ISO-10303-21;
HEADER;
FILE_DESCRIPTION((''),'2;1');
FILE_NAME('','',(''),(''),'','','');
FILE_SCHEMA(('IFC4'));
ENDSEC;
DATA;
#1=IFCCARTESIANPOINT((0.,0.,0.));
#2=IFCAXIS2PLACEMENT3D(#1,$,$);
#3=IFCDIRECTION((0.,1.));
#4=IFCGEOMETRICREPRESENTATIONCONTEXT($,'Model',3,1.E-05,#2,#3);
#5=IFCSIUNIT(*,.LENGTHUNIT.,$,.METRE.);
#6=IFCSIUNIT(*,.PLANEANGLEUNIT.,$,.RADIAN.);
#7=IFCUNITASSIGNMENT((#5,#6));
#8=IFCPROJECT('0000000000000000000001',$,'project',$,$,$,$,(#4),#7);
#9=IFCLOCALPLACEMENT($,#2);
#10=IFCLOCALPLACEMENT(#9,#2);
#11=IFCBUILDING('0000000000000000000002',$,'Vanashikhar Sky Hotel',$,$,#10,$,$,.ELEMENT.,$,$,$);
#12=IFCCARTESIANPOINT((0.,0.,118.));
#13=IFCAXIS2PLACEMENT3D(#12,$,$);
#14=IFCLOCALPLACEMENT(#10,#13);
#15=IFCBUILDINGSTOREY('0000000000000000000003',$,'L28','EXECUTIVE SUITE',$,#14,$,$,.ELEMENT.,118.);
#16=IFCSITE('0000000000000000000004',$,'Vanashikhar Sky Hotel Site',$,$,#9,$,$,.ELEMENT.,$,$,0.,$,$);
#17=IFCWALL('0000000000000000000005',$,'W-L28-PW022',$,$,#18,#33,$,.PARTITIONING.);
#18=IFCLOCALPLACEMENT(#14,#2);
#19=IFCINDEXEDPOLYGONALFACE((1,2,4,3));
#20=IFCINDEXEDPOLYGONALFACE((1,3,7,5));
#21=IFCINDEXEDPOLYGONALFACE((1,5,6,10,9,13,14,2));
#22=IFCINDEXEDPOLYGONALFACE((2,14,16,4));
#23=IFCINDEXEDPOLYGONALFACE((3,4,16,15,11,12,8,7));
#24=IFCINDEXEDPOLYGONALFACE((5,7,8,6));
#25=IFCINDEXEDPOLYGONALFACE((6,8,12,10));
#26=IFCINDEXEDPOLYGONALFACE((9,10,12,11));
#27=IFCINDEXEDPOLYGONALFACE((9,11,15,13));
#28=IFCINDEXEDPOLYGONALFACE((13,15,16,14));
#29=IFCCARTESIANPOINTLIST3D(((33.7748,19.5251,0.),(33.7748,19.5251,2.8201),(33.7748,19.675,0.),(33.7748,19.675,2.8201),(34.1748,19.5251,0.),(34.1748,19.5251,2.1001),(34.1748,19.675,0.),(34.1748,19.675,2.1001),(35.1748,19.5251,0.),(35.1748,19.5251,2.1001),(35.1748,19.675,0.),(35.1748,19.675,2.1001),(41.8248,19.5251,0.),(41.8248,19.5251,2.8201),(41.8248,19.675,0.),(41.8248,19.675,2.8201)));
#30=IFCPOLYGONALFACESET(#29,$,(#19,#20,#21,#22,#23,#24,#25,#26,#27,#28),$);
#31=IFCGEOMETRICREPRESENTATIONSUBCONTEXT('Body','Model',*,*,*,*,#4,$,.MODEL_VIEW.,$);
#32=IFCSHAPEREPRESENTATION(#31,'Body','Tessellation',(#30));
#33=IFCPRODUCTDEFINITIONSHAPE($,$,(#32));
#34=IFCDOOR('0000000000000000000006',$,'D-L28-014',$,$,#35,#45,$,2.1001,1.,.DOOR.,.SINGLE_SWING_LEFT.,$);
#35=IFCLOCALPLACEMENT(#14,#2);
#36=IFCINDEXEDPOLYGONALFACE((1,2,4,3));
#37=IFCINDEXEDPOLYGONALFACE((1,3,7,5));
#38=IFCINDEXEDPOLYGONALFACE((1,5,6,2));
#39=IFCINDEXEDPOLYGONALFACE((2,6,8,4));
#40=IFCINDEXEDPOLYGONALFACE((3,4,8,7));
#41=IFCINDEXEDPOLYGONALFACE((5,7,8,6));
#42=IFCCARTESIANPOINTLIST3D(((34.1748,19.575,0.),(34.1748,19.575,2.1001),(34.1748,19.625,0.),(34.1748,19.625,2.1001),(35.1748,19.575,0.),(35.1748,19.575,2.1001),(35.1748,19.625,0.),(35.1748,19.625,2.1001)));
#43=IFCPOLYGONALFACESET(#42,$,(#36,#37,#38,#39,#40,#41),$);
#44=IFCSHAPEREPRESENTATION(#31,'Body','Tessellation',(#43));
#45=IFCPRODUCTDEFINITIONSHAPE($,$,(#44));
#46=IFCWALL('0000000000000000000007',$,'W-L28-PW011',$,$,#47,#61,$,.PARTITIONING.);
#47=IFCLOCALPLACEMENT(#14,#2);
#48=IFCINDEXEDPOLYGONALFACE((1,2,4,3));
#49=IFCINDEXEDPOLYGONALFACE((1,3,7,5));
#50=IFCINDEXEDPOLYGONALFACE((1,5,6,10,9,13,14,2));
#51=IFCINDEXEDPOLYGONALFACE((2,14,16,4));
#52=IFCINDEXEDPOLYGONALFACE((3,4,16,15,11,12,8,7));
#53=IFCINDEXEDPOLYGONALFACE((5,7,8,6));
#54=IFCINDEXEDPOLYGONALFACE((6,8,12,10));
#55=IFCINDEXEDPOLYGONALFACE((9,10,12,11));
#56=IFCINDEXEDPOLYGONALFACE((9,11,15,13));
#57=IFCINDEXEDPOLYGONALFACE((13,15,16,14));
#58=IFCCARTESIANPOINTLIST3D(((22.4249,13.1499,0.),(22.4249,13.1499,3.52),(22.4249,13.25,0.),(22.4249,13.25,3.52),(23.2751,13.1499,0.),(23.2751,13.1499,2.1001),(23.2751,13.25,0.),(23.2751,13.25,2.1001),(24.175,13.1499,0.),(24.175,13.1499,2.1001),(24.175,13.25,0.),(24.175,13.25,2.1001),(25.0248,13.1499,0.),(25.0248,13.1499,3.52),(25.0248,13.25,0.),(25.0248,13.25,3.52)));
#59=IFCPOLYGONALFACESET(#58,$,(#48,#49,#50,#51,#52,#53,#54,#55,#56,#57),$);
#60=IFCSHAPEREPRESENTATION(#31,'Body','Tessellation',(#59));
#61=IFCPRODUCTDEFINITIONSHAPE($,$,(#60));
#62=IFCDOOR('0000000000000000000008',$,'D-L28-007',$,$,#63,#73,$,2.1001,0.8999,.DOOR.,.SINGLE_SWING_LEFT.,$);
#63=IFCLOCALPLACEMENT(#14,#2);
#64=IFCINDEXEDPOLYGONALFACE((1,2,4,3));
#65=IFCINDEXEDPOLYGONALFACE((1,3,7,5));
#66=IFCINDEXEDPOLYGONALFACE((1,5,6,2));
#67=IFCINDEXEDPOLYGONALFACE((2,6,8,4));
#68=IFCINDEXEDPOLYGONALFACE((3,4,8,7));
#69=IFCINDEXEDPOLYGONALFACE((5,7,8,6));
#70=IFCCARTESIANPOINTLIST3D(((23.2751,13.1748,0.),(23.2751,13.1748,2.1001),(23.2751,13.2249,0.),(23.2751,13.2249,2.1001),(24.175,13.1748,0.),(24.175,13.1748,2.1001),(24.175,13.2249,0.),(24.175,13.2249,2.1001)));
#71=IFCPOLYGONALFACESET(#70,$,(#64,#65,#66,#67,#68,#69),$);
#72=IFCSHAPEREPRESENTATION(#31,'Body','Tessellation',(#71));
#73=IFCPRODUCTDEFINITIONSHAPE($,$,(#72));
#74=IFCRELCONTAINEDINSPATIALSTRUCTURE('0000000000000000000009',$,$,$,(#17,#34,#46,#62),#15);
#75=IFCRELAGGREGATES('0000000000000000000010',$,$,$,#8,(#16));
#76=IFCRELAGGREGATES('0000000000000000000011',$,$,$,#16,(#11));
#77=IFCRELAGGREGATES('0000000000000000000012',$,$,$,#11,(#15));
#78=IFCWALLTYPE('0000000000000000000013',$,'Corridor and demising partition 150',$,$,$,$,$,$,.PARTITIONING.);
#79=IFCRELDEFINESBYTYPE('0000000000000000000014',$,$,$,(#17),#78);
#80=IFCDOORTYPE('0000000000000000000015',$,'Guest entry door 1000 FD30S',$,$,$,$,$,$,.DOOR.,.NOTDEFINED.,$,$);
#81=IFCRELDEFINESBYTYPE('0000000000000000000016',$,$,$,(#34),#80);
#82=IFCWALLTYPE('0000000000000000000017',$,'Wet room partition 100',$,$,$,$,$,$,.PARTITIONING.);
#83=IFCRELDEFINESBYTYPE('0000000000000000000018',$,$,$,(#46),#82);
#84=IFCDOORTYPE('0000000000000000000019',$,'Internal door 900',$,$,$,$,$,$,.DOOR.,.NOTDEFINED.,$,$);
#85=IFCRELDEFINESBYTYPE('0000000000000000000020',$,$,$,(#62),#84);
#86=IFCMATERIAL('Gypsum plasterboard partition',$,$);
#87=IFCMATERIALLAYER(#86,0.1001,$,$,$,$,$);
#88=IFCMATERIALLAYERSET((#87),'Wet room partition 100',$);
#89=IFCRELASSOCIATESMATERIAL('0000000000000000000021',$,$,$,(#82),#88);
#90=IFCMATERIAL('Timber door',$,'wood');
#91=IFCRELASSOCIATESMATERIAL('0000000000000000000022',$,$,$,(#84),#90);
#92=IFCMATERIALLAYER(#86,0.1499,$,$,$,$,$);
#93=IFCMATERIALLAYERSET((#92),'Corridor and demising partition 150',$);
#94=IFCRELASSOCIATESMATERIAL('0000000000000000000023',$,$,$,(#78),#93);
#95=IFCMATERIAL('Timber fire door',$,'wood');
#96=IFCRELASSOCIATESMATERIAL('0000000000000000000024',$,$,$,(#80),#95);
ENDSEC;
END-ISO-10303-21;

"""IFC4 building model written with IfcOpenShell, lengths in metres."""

from ifc_helpers import new_model, si_unit, direction, frame, frame_2d, origin, place, context, subcontext, project, spatial, rectangle, extrude, source, transform, mapped, material, layer, layer_set, type_object, element, fill, save


model = new_model("IFC4")

# Units and contexts
model_context = context("Model", 3, precision=1e-05, world=origin(), true_north=direction((0.0, 1.0)))
body_context = subcontext(model_context, "Body", "Model", "MODEL_VIEW")
ifc_project = project(units=[si_unit("LENGTHUNIT", "METRE"), si_unit("PLANEANGLEUNIT", "RADIAN")], contexts=[model_context])

# Site, building, storey
site_placement = place(None, origin())
site = spatial("IfcSite", under=ifc_project, at=site_placement, Name="Vanashikhar Sky Hotel Site", CompositionType="ELEMENT", RefElevation=0.0)
building_placement = place(site_placement, origin())
building = spatial("IfcBuilding", under=site, at=building_placement, Name="Vanashikhar Sky Hotel", CompositionType="ELEMENT")
storey_placement = place(building_placement, frame((0.0, 0.0, 118.0)))
storey = spatial("IfcBuildingStorey", under=building, at=storey_placement, Name="L28", Description="EXECUTIVE SUITE", CompositionType="ELEMENT", Elevation=118.0)

# Shared definitions
ifc_material_1 = material(Name="Gypsum plasterboard partition")
ifc_layer_1 = layer(ifc_material_1, 0.1001)
ifc_layer_set_1 = layer_set([ifc_layer_1], Name="Wet room partition 100")
wall_type_1 = type_object("IfcWallType", Name="Wet room partition 100", PredefinedType="PARTITIONING", material=ifc_layer_set_1)
shared_shape_1 = source(origin(), body_context, "Body", "SweptSolid", [
    extrude(rectangle(XDim=0.8999, YDim=2.1001, at=frame_2d((0.45, 1.05))), frame((0.0, 0.0601, 0.0), z_axis=(0.0, -1.0, 0.0), x_axis=(1.0, 0.0, 0.0)), (0.0, 0.0, 1.0), 0.1201),
])
ifc_material_2 = material(Name="Timber door", Category="wood")
door_type_1 = type_object("IfcDoorType", Name="Internal door 900", OperationType="NOTDEFINED", PredefinedType="DOOR", material=ifc_material_2)
shared_shape_2 = source(origin(), body_context, "Body", "SweptSolid", [
    extrude(rectangle(XDim=0.8999, YDim=2.1001, at=frame_2d((0.45, 1.05))), frame((0.0, 0.0249, 0.0), z_axis=(0.0, -1.0, 0.0), x_axis=(1.0, 0.0, 0.0)), (0.0, 0.0, 1.0), 0.05),
])

# Walls, openings, doors
ifc_layer_2 = layer(ifc_material_1, 0.1499)
ifc_layer_set_2 = layer_set([ifc_layer_2], Name="Corridor and demising partition 150")
wall_type_2 = type_object("IfcWallType", Name="Corridor and demising partition 150", PredefinedType="PARTITIONING", material=ifc_layer_set_2)
shared_shape_3 = source(origin(), body_context, "Body", "SweptSolid", [
    extrude(rectangle(XDim=8.05, YDim=0.1499, at=frame_2d((4.0249, 0.0))), origin(), (0.0, 0.0, 1.0), 2.8201),
])
shared_shape_4 = source(origin(), body_context, "Body", "SweptSolid", [
    extrude(rectangle(XDim=1.0, YDim=2.1001, at=frame_2d((0.5, 1.05))), frame((0.0, 0.085, 0.0), z_axis=(0.0, -1.0, 0.0), x_axis=(1.0, 0.0, 0.0)), (0.0, 0.0, 1.0), 0.1699),
])
ifc_material_3 = material(Name="Timber fire door", Category="wood")
door_type_2 = type_object("IfcDoorType", Name="Guest entry door 1000 FD30S", OperationType="NOTDEFINED", PredefinedType="DOOR", material=ifc_material_3)
shared_shape_5 = source(origin(), body_context, "Body", "SweptSolid", [
    extrude(rectangle(XDim=1.0, YDim=2.1001, at=frame_2d((0.5, 1.05))), frame((0.0, 0.0249, 0.0), z_axis=(0.0, -1.0, 0.0), x_axis=(1.0, 0.0, 0.0)), (0.0, 0.0, 1.0), 0.05),
])
wall_1_placement = place(storey_placement, frame((33.7749, 19.6001, 0.0), z_axis=(0.0, 0.0, 1.0), x_axis=(1.0, 0.0, 0.0)))
wall_1 = element("IfcWall", 1, at=wall_1_placement, inside=storey, type_object=wall_type_2, Name="W-L28-PW022", PredefinedType="PARTITIONING", context=body_context, shape_type="MappedRepresentation", body=[
    mapped(shared_shape_3, transform((0.0, 0.0, 0.0), scale=1.0)),
])
opening_1_placement = place(wall_1_placement, frame((0.3999, 0.0, 0.0)))
opening_1 = element("IfcOpeningElement", 2, at=opening_1_placement, cuts=wall_1, PredefinedType="OPENING", context=body_context, shape_type="MappedRepresentation", body=[
    mapped(shared_shape_4, transform((0.0, 0.0, 0.0), scale=1.0)),
])
door_1_placement = place(opening_1_placement, origin())
door_1 = element("IfcDoor", 3, at=door_1_placement, inside=storey, type_object=door_type_2, Name="D-L28-014", OperationType="SINGLE_SWING_LEFT", OverallHeight=2.1001, OverallWidth=1.0, PredefinedType="DOOR", context=body_context, shape_type="MappedRepresentation", body=[
    mapped(shared_shape_5, transform((0.0, 0.0, 0.0), scale=1.0)),
])
fill(opening_1, door_1)
shared_shape_6 = source(origin(), body_context, "Body", "SweptSolid", [
    extrude(rectangle(XDim=2.5999, YDim=0.1001, at=frame_2d((1.2998, 0.0))), origin(), (0.0, 0.0, 1.0), 3.52),
])
wall_2_placement = place(storey_placement, frame((22.425, 13.2, 0.0), z_axis=(0.0, 0.0, 1.0), x_axis=(1.0, 0.0, 0.0)))
wall_2 = element("IfcWall", 4, at=wall_2_placement, inside=storey, type_object=wall_type_1, Name="W-L28-PW011", PredefinedType="PARTITIONING", context=body_context, shape_type="MappedRepresentation", body=[
    mapped(shared_shape_6, transform((0.0, 0.0, 0.0), scale=1.0)),
])
opening_2_placement = place(wall_2_placement, frame((0.8501, 0.0, 0.0)))
opening_2 = element("IfcOpeningElement", 5, at=opening_2_placement, cuts=wall_2, PredefinedType="OPENING", context=body_context, shape_type="MappedRepresentation", body=[
    mapped(shared_shape_1, transform((0.0, 0.0, 0.0), scale=1.0)),
])
door_2_placement = place(opening_2_placement, origin())
door_2 = element("IfcDoor", 6, at=door_2_placement, inside=storey, type_object=door_type_1, Name="D-L28-007", OperationType="SINGLE_SWING_LEFT", OverallHeight=2.1001, OverallWidth=0.8999, PredefinedType="DOOR", context=body_context, shape_type="MappedRepresentation", body=[
    mapped(shared_shape_2, transform((0.0, 0.0, 0.0), scale=1.0)),
])
fill(opening_2, door_2)

save(model, "model.ifc")
